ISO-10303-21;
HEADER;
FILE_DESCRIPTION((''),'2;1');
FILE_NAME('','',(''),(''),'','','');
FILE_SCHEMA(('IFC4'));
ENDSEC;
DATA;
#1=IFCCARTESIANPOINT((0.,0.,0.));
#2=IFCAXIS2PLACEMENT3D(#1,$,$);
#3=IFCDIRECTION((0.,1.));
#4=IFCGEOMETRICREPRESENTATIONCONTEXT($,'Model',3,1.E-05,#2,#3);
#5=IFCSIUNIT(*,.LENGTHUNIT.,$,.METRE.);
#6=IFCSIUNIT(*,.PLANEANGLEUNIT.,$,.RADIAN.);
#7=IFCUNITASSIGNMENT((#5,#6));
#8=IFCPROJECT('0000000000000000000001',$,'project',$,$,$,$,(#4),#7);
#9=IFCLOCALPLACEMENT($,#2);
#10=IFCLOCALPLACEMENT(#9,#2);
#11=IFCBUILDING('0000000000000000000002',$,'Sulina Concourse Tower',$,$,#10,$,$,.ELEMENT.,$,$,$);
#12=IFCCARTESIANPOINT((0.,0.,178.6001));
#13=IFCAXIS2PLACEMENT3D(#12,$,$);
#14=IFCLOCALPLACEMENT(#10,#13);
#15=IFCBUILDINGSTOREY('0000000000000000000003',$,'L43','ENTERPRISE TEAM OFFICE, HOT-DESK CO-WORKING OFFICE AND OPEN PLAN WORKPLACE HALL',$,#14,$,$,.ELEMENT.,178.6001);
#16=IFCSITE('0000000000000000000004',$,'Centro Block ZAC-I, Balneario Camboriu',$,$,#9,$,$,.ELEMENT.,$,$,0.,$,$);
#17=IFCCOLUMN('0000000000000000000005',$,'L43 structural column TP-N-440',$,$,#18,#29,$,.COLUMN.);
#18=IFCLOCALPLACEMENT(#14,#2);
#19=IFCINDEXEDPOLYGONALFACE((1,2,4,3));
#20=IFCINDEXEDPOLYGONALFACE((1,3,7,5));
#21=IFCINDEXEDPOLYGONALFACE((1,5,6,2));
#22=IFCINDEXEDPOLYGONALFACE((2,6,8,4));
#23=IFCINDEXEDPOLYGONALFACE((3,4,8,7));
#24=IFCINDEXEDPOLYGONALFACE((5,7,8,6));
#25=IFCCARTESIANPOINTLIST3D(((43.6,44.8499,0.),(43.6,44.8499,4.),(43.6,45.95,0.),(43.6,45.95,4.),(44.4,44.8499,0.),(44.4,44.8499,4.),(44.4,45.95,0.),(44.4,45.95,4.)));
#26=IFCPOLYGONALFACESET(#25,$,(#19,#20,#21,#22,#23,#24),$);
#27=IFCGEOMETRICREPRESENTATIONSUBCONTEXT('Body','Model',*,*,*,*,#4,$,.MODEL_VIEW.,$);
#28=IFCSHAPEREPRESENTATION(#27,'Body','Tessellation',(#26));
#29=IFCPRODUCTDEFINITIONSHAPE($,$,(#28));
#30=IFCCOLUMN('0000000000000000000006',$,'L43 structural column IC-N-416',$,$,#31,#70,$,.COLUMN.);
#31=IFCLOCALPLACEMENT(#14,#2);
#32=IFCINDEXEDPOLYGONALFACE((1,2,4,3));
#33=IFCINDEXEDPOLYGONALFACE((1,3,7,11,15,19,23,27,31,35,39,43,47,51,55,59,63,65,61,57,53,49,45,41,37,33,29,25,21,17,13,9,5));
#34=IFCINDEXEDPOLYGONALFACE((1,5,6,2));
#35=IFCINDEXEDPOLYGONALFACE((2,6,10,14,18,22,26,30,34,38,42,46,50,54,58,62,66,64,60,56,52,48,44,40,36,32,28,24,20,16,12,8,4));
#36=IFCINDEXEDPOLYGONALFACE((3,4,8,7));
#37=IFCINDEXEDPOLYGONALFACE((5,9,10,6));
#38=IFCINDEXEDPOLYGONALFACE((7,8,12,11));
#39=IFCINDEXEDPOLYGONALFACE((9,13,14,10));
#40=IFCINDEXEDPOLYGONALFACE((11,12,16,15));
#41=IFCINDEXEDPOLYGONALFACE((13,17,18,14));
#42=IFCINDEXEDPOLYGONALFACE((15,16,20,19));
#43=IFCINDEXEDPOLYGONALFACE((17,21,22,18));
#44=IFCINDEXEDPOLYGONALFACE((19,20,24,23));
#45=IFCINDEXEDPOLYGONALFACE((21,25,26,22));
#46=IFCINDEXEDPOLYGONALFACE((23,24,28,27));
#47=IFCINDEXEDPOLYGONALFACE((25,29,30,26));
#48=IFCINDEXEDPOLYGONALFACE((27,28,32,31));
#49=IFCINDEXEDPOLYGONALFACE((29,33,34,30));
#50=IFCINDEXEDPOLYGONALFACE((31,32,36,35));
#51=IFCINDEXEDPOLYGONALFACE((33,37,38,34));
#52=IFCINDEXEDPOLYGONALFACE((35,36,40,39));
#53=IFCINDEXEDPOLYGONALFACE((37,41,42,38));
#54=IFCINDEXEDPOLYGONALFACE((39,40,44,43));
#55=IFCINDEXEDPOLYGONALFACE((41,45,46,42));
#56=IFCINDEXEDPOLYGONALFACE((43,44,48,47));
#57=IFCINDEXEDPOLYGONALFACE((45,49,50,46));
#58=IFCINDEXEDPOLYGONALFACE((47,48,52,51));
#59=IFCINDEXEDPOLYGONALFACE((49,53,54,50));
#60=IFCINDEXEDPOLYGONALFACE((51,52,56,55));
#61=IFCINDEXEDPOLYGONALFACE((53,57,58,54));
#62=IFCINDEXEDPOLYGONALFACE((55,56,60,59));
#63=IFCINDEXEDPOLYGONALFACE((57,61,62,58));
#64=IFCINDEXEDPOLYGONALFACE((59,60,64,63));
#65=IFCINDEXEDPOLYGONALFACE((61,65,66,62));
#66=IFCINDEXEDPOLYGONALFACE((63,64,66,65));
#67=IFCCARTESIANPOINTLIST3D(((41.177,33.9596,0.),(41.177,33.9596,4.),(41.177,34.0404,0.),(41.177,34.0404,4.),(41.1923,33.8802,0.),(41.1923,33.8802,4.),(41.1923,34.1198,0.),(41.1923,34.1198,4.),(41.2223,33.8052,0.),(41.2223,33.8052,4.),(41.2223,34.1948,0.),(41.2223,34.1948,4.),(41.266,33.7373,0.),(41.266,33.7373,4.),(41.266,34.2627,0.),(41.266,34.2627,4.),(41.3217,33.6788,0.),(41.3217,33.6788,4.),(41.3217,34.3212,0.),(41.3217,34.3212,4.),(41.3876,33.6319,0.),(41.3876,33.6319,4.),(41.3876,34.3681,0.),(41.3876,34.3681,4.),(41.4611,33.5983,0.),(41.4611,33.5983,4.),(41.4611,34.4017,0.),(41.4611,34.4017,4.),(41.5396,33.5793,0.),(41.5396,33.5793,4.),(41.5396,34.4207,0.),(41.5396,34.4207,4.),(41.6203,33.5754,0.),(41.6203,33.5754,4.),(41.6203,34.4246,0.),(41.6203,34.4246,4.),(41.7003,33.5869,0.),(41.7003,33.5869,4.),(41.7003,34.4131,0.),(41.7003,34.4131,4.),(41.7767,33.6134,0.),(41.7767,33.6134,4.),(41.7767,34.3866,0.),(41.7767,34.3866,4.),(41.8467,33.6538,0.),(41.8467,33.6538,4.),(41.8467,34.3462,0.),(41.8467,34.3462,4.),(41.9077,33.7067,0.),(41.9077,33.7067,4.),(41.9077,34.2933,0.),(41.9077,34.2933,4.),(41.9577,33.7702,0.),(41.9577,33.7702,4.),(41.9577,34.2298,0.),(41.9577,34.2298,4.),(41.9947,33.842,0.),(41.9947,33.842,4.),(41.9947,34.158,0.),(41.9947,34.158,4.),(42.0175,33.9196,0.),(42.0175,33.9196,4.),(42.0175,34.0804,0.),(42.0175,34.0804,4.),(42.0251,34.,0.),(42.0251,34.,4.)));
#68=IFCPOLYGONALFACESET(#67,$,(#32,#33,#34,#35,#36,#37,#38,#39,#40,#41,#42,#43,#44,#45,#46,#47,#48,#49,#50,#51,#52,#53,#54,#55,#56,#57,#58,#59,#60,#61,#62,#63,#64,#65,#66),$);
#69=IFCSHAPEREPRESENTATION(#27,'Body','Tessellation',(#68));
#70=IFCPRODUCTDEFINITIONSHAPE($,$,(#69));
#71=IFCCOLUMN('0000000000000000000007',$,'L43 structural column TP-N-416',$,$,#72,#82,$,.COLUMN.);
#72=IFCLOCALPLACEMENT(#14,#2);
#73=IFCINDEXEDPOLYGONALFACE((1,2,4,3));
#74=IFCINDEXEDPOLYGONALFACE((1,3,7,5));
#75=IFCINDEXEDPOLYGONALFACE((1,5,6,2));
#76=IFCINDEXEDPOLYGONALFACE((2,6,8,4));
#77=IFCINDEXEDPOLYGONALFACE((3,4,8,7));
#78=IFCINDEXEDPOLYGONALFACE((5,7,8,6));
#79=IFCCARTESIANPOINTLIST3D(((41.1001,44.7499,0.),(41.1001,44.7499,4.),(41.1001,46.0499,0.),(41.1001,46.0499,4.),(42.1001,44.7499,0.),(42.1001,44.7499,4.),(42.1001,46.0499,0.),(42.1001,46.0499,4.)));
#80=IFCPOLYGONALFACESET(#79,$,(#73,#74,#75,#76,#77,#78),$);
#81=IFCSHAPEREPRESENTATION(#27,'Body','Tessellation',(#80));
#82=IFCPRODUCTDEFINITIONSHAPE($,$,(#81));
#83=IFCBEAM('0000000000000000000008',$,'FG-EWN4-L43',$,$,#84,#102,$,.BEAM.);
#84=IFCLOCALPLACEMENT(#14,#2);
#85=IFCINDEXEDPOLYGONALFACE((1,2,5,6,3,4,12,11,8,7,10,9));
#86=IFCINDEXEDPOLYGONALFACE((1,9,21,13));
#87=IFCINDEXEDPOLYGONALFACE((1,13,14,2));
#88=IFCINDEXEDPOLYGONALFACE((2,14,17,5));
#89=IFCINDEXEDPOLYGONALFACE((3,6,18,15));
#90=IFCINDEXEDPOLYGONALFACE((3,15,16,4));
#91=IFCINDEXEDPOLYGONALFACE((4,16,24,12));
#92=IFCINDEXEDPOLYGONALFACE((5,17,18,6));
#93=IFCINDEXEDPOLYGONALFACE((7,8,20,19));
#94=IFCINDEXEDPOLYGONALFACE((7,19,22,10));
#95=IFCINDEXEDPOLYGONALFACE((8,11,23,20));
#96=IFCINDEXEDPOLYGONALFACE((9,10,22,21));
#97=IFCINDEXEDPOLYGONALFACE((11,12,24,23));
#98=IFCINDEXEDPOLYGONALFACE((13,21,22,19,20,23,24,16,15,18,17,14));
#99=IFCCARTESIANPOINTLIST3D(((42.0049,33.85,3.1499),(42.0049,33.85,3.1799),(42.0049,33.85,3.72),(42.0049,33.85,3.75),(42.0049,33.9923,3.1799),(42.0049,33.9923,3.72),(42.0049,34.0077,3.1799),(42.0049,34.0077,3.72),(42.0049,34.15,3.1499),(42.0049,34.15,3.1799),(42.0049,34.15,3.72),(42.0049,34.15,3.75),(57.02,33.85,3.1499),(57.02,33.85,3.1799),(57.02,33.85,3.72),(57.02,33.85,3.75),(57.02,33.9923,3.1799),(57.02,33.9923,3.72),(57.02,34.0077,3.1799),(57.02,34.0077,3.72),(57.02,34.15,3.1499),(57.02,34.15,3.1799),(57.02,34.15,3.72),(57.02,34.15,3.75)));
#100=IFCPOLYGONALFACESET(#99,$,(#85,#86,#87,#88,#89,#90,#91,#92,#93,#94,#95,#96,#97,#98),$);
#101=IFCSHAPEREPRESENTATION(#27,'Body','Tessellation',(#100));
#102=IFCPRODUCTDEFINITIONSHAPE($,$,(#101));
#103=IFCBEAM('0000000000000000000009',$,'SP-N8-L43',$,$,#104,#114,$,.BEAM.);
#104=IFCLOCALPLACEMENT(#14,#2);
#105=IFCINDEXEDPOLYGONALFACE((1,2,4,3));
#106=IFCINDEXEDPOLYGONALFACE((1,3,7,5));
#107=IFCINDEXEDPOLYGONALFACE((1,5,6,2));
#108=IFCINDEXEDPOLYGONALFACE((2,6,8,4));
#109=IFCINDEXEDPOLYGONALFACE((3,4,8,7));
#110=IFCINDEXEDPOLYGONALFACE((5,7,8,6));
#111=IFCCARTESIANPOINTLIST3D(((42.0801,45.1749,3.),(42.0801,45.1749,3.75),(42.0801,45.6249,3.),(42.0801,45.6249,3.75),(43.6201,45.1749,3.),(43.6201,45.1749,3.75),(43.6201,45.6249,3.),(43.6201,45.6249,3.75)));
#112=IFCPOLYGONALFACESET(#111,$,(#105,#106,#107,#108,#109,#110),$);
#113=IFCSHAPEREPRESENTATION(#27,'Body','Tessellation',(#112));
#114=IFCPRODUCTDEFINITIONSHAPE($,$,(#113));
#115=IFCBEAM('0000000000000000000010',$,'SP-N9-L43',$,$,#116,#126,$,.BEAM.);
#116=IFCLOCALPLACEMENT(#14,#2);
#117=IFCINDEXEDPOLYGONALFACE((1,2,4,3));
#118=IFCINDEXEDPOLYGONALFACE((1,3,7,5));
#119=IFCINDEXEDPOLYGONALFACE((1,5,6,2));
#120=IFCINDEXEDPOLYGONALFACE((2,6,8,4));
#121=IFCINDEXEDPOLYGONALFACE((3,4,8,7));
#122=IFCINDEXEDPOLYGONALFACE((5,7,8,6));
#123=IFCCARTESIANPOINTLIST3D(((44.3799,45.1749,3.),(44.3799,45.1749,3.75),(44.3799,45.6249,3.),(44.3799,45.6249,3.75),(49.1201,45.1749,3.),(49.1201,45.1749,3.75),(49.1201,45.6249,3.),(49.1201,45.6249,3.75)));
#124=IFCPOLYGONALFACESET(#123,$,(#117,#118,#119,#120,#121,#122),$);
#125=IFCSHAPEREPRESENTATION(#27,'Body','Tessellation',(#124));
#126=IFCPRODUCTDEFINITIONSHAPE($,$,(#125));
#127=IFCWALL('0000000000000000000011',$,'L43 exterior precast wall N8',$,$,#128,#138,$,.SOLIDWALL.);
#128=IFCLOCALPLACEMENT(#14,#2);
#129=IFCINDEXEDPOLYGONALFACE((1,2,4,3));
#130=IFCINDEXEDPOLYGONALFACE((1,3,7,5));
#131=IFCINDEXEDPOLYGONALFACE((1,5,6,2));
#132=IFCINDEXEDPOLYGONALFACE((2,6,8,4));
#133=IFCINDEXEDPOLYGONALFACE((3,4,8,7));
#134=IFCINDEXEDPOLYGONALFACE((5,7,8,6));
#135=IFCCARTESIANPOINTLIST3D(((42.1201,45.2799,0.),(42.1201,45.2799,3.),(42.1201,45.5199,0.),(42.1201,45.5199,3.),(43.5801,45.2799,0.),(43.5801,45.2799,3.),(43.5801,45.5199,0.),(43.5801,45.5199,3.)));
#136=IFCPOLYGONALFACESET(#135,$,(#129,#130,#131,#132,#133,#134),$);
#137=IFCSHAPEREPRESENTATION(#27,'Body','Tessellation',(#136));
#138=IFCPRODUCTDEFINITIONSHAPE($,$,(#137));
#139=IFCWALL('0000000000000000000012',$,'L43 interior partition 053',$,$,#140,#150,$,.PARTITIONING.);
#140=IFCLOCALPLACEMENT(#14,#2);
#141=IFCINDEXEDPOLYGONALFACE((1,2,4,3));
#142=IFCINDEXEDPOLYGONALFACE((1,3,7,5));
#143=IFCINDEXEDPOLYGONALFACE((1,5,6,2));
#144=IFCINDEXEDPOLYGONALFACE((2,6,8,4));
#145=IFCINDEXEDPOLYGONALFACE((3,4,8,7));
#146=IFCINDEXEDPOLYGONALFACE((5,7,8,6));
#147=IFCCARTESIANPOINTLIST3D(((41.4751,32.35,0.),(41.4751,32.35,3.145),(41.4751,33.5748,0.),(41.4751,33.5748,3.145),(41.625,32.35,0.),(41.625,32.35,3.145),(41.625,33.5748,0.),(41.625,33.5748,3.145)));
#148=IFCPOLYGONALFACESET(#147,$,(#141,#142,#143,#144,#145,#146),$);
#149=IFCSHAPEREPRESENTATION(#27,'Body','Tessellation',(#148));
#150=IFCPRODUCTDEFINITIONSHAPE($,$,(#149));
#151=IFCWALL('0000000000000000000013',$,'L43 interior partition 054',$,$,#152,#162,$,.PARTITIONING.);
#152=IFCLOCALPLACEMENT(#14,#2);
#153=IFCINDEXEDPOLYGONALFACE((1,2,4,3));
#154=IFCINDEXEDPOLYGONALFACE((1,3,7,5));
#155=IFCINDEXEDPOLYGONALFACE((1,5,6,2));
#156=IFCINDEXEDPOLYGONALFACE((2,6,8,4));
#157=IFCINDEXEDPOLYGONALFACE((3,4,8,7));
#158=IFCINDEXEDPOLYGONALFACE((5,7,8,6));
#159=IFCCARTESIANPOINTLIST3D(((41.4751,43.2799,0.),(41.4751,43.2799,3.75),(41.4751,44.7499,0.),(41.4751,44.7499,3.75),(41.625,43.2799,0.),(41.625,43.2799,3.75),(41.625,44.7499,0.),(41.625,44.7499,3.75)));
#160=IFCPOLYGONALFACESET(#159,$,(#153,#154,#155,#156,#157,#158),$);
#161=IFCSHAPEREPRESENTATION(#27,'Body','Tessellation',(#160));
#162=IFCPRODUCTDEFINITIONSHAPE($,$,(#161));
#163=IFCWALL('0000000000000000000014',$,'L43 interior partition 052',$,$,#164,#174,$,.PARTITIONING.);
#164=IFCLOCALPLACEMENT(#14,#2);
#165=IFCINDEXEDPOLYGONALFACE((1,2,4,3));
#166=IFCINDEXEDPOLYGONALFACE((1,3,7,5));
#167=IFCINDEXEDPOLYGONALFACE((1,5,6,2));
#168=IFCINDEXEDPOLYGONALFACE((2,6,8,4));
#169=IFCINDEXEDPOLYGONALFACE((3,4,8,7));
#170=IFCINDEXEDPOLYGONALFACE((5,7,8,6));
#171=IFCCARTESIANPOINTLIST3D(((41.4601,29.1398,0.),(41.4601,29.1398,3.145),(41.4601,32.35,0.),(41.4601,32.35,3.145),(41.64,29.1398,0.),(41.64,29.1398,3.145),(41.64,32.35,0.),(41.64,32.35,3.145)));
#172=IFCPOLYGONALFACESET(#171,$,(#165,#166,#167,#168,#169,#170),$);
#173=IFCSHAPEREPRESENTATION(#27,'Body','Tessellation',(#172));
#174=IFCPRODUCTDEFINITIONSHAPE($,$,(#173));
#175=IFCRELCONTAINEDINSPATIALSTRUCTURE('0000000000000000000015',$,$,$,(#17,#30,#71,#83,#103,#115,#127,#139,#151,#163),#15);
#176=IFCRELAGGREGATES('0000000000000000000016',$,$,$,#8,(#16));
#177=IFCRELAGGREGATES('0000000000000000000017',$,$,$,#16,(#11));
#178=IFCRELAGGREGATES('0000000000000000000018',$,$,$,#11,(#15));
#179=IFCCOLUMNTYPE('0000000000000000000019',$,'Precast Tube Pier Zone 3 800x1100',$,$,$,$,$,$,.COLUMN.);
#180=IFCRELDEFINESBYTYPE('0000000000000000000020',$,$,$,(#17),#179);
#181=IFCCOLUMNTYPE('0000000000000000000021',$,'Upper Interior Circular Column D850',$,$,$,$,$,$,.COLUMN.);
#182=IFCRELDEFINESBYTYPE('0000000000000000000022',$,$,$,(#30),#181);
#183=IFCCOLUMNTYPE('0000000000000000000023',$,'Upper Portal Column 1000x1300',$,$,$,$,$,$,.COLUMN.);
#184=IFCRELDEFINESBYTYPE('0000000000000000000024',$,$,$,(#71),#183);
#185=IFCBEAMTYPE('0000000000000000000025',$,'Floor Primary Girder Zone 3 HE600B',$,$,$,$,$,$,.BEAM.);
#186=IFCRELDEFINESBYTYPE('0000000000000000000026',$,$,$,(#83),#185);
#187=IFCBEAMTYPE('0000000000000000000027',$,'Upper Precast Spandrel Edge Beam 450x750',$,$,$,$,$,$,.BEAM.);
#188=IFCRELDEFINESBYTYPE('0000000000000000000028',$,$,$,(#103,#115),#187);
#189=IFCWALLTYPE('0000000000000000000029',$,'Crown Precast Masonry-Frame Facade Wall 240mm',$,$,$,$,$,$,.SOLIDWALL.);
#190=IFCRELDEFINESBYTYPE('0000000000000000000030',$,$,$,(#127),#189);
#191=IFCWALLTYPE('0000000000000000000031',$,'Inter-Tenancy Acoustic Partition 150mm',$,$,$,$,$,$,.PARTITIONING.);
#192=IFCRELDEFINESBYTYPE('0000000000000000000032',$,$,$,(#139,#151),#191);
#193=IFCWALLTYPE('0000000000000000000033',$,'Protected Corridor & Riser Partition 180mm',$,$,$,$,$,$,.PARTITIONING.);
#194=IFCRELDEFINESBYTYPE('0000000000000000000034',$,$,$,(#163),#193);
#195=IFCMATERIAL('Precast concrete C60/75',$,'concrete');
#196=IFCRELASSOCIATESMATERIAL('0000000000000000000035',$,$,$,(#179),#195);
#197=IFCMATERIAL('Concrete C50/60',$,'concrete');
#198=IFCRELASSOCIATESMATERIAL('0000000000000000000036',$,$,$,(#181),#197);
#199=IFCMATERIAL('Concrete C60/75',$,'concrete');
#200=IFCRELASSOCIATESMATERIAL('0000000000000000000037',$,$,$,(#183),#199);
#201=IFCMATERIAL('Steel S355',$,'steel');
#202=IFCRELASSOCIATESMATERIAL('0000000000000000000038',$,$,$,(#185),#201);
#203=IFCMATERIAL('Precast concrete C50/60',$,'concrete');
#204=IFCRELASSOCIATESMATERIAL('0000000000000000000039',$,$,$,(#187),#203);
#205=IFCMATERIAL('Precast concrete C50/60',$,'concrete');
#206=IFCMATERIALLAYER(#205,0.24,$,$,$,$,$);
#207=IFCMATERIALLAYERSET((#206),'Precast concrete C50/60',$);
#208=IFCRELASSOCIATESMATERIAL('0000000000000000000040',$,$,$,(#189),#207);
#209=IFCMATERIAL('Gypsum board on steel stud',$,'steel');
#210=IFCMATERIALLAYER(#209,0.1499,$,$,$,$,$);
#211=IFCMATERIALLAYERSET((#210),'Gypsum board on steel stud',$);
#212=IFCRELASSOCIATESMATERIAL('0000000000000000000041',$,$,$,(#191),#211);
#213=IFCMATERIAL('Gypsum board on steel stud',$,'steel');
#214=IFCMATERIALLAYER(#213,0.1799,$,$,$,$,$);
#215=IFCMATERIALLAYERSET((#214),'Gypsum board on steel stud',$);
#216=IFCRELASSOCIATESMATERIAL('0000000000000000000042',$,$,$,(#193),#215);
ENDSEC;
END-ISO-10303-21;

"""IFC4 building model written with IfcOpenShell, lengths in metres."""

from ifc_helpers import new_model, si_unit, direction, frame, frame_2d, origin, origin_2d, place, context, subcontext, project, spatial, rectangle, circle, i_section, extrude, material, layer, layer_set, material_profile, profile_set, type_object, element, save


model = new_model("IFC4")

# Units and contexts
model_context = context("Model", 3, precision=1e-05, world=origin(), true_north=direction((0.0, 1.0)))
body_context = subcontext(model_context, "Body", "Model", "MODEL_VIEW")
ifc_project = project(units=[si_unit("LENGTHUNIT", "METRE"), si_unit("PLANEANGLEUNIT", "RADIAN")], contexts=[model_context])

# Site, building, storey
site_placement = place(None, origin())
site = spatial("IfcSite", under=ifc_project, at=site_placement, Name="Centro Block ZAC-I, Balneario Camboriu", CompositionType="ELEMENT", RefElevation=0.0)
building_placement = place(site_placement, origin())
building = spatial("IfcBuilding", under=site, at=building_placement, Name="Sulina Concourse Tower", CompositionType="ELEMENT")
storey_placement = place(building_placement, frame((0.0, 0.0, 178.6001)))
storey = spatial("IfcBuildingStorey", under=building, at=storey_placement, Name="L43", Description="ENTERPRISE TEAM OFFICE, HOT-DESK CO-WORKING OFFICE AND OPEN PLAN WORKPLACE HALL", CompositionType="ELEMENT", Elevation=178.6001)

# Columns
ifc_material_1 = material(Name="Precast concrete C60/75", Category="concrete")
ifc_material_profile_1 = material_profile(ifc_material_1, rectangle(XDim=0.8, YDim=1.1001, at=origin_2d()), Name="PC 800x1100")
ifc_profile_set_1 = profile_set([ifc_material_profile_1], Name="Precast concrete C60/75")
column_type_1 = type_object("IfcColumnType", Name="Precast Tube Pier Zone 3 800x1100", PredefinedType="COLUMN", material=ifc_profile_set_1)
column_1_placement = place(storey_placement, frame((44.0, 45.3999, 0.0), z_axis=(0.0, 0.0, 1.0), x_axis=(1.0, 0.0, 0.0)))
element("IfcColumn", 1, at=column_1_placement, inside=storey, type_object=column_type_1, Name="L43 structural column TP-N-440", PredefinedType="COLUMN", context=body_context, shape_type="SweptSolid", body=[
    extrude(rectangle(XDim=0.8, YDim=1.1001, at=origin_2d()), origin(), (0.0, 0.0, 1.0), 4.0),
])
ifc_material_2 = material(Name="Concrete C50/60", Category="concrete")
ifc_material_profile_2 = material_profile(ifc_material_2, circle(Radius=0.425, at=origin_2d()), Name="RC D850")
ifc_profile_set_2 = profile_set([ifc_material_profile_2], Name="Concrete C50/60")
column_type_2 = type_object("IfcColumnType", Name="Upper Interior Circular Column D850", PredefinedType="COLUMN", material=ifc_profile_set_2)
column_2_placement = place(storey_placement, frame((41.6001, 34.0, 0.0), z_axis=(0.0, 0.0, 1.0), x_axis=(1.0, 0.0, 0.0)))
element("IfcColumn", 2, at=column_2_placement, inside=storey, type_object=column_type_2, Name="L43 structural column IC-N-416", PredefinedType="COLUMN", context=body_context, shape_type="SweptSolid", body=[
    extrude(circle(Radius=0.425, at=origin_2d()), origin(), (0.0, 0.0, 1.0), 4.0),
])
ifc_material_3 = material(Name="Concrete C60/75", Category="concrete")
ifc_material_profile_3 = material_profile(ifc_material_3, rectangle(XDim=1.0, YDim=1.3, at=origin_2d()), Name="RC 1000x1300")
ifc_profile_set_3 = profile_set([ifc_material_profile_3], Name="Concrete C60/75")
column_type_3 = type_object("IfcColumnType", Name="Upper Portal Column 1000x1300", PredefinedType="COLUMN", material=ifc_profile_set_3)
column_3_placement = place(storey_placement, frame((41.6001, 45.3999, 0.0), z_axis=(0.0, 0.0, 1.0), x_axis=(1.0, 0.0, 0.0)))
element("IfcColumn", 3, at=column_3_placement, inside=storey, type_object=column_type_3, Name="L43 structural column TP-N-416", PredefinedType="COLUMN", context=body_context, shape_type="SweptSolid", body=[
    extrude(rectangle(XDim=1.0, YDim=1.3, at=origin_2d()), origin(), (0.0, 0.0, 1.0), 4.0),
])

# Beams
ifc_material_4 = material(Name="Steel S355", Category="steel")
ifc_material_profile_4 = material_profile(ifc_material_4, i_section(OverallWidth=0.3, OverallDepth=0.6001, WebThickness=0.0154, FlangeThickness=0.03, at=origin_2d()), Name="HE 600 B")
ifc_profile_set_4 = profile_set([ifc_material_profile_4], Name="Steel S355")
beam_type_1 = type_object("IfcBeamType", Name="Floor Primary Girder Zone 3 HE600B", PredefinedType="BEAM", material=ifc_profile_set_4)
beam_1_placement = place(storey_placement, frame((42.0049, 34.0, 3.45), z_axis=(1.0, 0.0, 0.0), x_axis=(0.0, 1.0, 0.0)))
element("IfcBeam", 4, at=beam_1_placement, inside=storey, type_object=beam_type_1, Name="FG-EWN4-L43", PredefinedType="BEAM", context=body_context, shape_type="SweptSolid", body=[
    extrude(i_section(OverallWidth=0.3, OverallDepth=0.6001, WebThickness=0.0154, FlangeThickness=0.03, at=origin_2d()), origin(), (0.0, 0.0, 1.0), 15.0151),
])
ifc_material_5 = material(Name="Precast concrete C50/60", Category="concrete")
ifc_material_profile_5 = material_profile(ifc_material_5, rectangle(XDim=0.45, YDim=0.75, at=origin_2d()), Name="RC 450x750")
ifc_profile_set_5 = profile_set([ifc_material_profile_5], Name="Precast concrete C50/60")
beam_type_2 = type_object("IfcBeamType", Name="Upper Precast Spandrel Edge Beam 450x750", PredefinedType="BEAM", material=ifc_profile_set_5)
beam_2_placement = place(storey_placement, frame((42.0801, 45.3999, 3.375), z_axis=(1.0, 0.0, 0.0), x_axis=(0.0, 1.0, 0.0)))
element("IfcBeam", 5, at=beam_2_placement, inside=storey, type_object=beam_type_2, Name="SP-N8-L43", PredefinedType="BEAM", context=body_context, shape_type="SweptSolid", body=[
    extrude(rectangle(XDim=0.45, YDim=0.75, at=origin_2d()), origin(), (0.0, 0.0, 1.0), 1.54),
])
beam_3_placement = place(storey_placement, frame((44.3799, 45.3999, 3.375), z_axis=(1.0, 0.0, 0.0), x_axis=(0.0, 1.0, 0.0)))
element("IfcBeam", 6, at=beam_3_placement, inside=storey, type_object=beam_type_2, Name="SP-N9-L43", PredefinedType="BEAM", context=body_context, shape_type="SweptSolid", body=[
    extrude(rectangle(XDim=0.45, YDim=0.75, at=origin_2d()), origin(), (0.0, 0.0, 1.0), 4.7402),
])

# Walls
ifc_material_6 = material(Name="Precast concrete C50/60", Category="concrete")
ifc_layer_1 = layer(ifc_material_6, 0.24)
ifc_layer_set_1 = layer_set([ifc_layer_1], Name="Precast concrete C50/60")
wall_type_1 = type_object("IfcWallType", Name="Crown Precast Masonry-Frame Facade Wall 240mm", PredefinedType="SOLIDWALL", material=ifc_layer_set_1)
wall_1_placement = place(storey_placement, frame((42.1201, 45.3999, 0.0), z_axis=(0.0, 0.0, 1.0), x_axis=(1.0, 0.0, 0.0)))
element("IfcWall", 7, at=wall_1_placement, inside=storey, type_object=wall_type_1, Name="L43 exterior precast wall N8", PredefinedType="SOLIDWALL", context=body_context, shape_type="SweptSolid", body=[
    extrude(rectangle(XDim=1.46, YDim=0.24, at=frame_2d((0.73, 0.0))), origin(), (0.0, 0.0, 1.0), 3.0),
])
ifc_material_7 = material(Name="Gypsum board on steel stud", Category="steel")
ifc_layer_2 = layer(ifc_material_7, 0.1499)
ifc_layer_set_2 = layer_set([ifc_layer_2], Name="Gypsum board on steel stud")
wall_type_2 = type_object("IfcWallType", Name="Inter-Tenancy Acoustic Partition 150mm", PredefinedType="PARTITIONING", material=ifc_layer_set_2)
wall_2_placement = place(storey_placement, frame((41.55, 32.3501, 0.0), z_axis=(0.0, 0.0, 1.0), x_axis=(0.0, 1.0, 0.0)))
element("IfcWall", 8, at=wall_2_placement, inside=storey, type_object=wall_type_2, Name="L43 interior partition 053", PredefinedType="PARTITIONING", context=body_context, shape_type="SweptSolid", body=[
    extrude(rectangle(XDim=1.2249, YDim=0.1499, at=frame_2d((0.6123, 0.0))), origin(), (0.0, 0.0, 1.0), 3.145),
])
wall_3_placement = place(storey_placement, frame((41.55, 43.28, 0.0), z_axis=(0.0, 0.0, 1.0), x_axis=(0.0, 1.0, 0.0)))
element("IfcWall", 9, at=wall_3_placement, inside=storey, type_object=wall_type_2, Name="L43 interior partition 054", PredefinedType="PARTITIONING", context=body_context, shape_type="SweptSolid", body=[
    extrude(rectangle(XDim=1.47, YDim=0.1499, at=frame_2d((0.7349, 0.0))), origin(), (0.0, 0.0, 1.0), 3.75),
])
ifc_material_8 = material(Name="Gypsum board on steel stud", Category="steel")
ifc_layer_3 = layer(ifc_material_8, 0.1799)
ifc_layer_set_3 = layer_set([ifc_layer_3], Name="Gypsum board on steel stud")
wall_type_3 = type_object("IfcWallType", Name="Protected Corridor & Riser Partition 180mm", PredefinedType="PARTITIONING", material=ifc_layer_set_3)
wall_4_placement = place(storey_placement, frame((41.55, 29.1399, 0.0), z_axis=(0.0, 0.0, 1.0), x_axis=(0.0, 1.0, 0.0)))
element("IfcWall", 10, at=wall_4_placement, inside=storey, type_object=wall_type_3, Name="L43 interior partition 052", PredefinedType="PARTITIONING", context=body_context, shape_type="SweptSolid", body=[
    extrude(rectangle(XDim=3.2102, YDim=0.1799, at=frame_2d((1.605, 0.0))), origin(), (0.0, 0.0, 1.0), 3.145),
])

save(model, "model.ifc")
